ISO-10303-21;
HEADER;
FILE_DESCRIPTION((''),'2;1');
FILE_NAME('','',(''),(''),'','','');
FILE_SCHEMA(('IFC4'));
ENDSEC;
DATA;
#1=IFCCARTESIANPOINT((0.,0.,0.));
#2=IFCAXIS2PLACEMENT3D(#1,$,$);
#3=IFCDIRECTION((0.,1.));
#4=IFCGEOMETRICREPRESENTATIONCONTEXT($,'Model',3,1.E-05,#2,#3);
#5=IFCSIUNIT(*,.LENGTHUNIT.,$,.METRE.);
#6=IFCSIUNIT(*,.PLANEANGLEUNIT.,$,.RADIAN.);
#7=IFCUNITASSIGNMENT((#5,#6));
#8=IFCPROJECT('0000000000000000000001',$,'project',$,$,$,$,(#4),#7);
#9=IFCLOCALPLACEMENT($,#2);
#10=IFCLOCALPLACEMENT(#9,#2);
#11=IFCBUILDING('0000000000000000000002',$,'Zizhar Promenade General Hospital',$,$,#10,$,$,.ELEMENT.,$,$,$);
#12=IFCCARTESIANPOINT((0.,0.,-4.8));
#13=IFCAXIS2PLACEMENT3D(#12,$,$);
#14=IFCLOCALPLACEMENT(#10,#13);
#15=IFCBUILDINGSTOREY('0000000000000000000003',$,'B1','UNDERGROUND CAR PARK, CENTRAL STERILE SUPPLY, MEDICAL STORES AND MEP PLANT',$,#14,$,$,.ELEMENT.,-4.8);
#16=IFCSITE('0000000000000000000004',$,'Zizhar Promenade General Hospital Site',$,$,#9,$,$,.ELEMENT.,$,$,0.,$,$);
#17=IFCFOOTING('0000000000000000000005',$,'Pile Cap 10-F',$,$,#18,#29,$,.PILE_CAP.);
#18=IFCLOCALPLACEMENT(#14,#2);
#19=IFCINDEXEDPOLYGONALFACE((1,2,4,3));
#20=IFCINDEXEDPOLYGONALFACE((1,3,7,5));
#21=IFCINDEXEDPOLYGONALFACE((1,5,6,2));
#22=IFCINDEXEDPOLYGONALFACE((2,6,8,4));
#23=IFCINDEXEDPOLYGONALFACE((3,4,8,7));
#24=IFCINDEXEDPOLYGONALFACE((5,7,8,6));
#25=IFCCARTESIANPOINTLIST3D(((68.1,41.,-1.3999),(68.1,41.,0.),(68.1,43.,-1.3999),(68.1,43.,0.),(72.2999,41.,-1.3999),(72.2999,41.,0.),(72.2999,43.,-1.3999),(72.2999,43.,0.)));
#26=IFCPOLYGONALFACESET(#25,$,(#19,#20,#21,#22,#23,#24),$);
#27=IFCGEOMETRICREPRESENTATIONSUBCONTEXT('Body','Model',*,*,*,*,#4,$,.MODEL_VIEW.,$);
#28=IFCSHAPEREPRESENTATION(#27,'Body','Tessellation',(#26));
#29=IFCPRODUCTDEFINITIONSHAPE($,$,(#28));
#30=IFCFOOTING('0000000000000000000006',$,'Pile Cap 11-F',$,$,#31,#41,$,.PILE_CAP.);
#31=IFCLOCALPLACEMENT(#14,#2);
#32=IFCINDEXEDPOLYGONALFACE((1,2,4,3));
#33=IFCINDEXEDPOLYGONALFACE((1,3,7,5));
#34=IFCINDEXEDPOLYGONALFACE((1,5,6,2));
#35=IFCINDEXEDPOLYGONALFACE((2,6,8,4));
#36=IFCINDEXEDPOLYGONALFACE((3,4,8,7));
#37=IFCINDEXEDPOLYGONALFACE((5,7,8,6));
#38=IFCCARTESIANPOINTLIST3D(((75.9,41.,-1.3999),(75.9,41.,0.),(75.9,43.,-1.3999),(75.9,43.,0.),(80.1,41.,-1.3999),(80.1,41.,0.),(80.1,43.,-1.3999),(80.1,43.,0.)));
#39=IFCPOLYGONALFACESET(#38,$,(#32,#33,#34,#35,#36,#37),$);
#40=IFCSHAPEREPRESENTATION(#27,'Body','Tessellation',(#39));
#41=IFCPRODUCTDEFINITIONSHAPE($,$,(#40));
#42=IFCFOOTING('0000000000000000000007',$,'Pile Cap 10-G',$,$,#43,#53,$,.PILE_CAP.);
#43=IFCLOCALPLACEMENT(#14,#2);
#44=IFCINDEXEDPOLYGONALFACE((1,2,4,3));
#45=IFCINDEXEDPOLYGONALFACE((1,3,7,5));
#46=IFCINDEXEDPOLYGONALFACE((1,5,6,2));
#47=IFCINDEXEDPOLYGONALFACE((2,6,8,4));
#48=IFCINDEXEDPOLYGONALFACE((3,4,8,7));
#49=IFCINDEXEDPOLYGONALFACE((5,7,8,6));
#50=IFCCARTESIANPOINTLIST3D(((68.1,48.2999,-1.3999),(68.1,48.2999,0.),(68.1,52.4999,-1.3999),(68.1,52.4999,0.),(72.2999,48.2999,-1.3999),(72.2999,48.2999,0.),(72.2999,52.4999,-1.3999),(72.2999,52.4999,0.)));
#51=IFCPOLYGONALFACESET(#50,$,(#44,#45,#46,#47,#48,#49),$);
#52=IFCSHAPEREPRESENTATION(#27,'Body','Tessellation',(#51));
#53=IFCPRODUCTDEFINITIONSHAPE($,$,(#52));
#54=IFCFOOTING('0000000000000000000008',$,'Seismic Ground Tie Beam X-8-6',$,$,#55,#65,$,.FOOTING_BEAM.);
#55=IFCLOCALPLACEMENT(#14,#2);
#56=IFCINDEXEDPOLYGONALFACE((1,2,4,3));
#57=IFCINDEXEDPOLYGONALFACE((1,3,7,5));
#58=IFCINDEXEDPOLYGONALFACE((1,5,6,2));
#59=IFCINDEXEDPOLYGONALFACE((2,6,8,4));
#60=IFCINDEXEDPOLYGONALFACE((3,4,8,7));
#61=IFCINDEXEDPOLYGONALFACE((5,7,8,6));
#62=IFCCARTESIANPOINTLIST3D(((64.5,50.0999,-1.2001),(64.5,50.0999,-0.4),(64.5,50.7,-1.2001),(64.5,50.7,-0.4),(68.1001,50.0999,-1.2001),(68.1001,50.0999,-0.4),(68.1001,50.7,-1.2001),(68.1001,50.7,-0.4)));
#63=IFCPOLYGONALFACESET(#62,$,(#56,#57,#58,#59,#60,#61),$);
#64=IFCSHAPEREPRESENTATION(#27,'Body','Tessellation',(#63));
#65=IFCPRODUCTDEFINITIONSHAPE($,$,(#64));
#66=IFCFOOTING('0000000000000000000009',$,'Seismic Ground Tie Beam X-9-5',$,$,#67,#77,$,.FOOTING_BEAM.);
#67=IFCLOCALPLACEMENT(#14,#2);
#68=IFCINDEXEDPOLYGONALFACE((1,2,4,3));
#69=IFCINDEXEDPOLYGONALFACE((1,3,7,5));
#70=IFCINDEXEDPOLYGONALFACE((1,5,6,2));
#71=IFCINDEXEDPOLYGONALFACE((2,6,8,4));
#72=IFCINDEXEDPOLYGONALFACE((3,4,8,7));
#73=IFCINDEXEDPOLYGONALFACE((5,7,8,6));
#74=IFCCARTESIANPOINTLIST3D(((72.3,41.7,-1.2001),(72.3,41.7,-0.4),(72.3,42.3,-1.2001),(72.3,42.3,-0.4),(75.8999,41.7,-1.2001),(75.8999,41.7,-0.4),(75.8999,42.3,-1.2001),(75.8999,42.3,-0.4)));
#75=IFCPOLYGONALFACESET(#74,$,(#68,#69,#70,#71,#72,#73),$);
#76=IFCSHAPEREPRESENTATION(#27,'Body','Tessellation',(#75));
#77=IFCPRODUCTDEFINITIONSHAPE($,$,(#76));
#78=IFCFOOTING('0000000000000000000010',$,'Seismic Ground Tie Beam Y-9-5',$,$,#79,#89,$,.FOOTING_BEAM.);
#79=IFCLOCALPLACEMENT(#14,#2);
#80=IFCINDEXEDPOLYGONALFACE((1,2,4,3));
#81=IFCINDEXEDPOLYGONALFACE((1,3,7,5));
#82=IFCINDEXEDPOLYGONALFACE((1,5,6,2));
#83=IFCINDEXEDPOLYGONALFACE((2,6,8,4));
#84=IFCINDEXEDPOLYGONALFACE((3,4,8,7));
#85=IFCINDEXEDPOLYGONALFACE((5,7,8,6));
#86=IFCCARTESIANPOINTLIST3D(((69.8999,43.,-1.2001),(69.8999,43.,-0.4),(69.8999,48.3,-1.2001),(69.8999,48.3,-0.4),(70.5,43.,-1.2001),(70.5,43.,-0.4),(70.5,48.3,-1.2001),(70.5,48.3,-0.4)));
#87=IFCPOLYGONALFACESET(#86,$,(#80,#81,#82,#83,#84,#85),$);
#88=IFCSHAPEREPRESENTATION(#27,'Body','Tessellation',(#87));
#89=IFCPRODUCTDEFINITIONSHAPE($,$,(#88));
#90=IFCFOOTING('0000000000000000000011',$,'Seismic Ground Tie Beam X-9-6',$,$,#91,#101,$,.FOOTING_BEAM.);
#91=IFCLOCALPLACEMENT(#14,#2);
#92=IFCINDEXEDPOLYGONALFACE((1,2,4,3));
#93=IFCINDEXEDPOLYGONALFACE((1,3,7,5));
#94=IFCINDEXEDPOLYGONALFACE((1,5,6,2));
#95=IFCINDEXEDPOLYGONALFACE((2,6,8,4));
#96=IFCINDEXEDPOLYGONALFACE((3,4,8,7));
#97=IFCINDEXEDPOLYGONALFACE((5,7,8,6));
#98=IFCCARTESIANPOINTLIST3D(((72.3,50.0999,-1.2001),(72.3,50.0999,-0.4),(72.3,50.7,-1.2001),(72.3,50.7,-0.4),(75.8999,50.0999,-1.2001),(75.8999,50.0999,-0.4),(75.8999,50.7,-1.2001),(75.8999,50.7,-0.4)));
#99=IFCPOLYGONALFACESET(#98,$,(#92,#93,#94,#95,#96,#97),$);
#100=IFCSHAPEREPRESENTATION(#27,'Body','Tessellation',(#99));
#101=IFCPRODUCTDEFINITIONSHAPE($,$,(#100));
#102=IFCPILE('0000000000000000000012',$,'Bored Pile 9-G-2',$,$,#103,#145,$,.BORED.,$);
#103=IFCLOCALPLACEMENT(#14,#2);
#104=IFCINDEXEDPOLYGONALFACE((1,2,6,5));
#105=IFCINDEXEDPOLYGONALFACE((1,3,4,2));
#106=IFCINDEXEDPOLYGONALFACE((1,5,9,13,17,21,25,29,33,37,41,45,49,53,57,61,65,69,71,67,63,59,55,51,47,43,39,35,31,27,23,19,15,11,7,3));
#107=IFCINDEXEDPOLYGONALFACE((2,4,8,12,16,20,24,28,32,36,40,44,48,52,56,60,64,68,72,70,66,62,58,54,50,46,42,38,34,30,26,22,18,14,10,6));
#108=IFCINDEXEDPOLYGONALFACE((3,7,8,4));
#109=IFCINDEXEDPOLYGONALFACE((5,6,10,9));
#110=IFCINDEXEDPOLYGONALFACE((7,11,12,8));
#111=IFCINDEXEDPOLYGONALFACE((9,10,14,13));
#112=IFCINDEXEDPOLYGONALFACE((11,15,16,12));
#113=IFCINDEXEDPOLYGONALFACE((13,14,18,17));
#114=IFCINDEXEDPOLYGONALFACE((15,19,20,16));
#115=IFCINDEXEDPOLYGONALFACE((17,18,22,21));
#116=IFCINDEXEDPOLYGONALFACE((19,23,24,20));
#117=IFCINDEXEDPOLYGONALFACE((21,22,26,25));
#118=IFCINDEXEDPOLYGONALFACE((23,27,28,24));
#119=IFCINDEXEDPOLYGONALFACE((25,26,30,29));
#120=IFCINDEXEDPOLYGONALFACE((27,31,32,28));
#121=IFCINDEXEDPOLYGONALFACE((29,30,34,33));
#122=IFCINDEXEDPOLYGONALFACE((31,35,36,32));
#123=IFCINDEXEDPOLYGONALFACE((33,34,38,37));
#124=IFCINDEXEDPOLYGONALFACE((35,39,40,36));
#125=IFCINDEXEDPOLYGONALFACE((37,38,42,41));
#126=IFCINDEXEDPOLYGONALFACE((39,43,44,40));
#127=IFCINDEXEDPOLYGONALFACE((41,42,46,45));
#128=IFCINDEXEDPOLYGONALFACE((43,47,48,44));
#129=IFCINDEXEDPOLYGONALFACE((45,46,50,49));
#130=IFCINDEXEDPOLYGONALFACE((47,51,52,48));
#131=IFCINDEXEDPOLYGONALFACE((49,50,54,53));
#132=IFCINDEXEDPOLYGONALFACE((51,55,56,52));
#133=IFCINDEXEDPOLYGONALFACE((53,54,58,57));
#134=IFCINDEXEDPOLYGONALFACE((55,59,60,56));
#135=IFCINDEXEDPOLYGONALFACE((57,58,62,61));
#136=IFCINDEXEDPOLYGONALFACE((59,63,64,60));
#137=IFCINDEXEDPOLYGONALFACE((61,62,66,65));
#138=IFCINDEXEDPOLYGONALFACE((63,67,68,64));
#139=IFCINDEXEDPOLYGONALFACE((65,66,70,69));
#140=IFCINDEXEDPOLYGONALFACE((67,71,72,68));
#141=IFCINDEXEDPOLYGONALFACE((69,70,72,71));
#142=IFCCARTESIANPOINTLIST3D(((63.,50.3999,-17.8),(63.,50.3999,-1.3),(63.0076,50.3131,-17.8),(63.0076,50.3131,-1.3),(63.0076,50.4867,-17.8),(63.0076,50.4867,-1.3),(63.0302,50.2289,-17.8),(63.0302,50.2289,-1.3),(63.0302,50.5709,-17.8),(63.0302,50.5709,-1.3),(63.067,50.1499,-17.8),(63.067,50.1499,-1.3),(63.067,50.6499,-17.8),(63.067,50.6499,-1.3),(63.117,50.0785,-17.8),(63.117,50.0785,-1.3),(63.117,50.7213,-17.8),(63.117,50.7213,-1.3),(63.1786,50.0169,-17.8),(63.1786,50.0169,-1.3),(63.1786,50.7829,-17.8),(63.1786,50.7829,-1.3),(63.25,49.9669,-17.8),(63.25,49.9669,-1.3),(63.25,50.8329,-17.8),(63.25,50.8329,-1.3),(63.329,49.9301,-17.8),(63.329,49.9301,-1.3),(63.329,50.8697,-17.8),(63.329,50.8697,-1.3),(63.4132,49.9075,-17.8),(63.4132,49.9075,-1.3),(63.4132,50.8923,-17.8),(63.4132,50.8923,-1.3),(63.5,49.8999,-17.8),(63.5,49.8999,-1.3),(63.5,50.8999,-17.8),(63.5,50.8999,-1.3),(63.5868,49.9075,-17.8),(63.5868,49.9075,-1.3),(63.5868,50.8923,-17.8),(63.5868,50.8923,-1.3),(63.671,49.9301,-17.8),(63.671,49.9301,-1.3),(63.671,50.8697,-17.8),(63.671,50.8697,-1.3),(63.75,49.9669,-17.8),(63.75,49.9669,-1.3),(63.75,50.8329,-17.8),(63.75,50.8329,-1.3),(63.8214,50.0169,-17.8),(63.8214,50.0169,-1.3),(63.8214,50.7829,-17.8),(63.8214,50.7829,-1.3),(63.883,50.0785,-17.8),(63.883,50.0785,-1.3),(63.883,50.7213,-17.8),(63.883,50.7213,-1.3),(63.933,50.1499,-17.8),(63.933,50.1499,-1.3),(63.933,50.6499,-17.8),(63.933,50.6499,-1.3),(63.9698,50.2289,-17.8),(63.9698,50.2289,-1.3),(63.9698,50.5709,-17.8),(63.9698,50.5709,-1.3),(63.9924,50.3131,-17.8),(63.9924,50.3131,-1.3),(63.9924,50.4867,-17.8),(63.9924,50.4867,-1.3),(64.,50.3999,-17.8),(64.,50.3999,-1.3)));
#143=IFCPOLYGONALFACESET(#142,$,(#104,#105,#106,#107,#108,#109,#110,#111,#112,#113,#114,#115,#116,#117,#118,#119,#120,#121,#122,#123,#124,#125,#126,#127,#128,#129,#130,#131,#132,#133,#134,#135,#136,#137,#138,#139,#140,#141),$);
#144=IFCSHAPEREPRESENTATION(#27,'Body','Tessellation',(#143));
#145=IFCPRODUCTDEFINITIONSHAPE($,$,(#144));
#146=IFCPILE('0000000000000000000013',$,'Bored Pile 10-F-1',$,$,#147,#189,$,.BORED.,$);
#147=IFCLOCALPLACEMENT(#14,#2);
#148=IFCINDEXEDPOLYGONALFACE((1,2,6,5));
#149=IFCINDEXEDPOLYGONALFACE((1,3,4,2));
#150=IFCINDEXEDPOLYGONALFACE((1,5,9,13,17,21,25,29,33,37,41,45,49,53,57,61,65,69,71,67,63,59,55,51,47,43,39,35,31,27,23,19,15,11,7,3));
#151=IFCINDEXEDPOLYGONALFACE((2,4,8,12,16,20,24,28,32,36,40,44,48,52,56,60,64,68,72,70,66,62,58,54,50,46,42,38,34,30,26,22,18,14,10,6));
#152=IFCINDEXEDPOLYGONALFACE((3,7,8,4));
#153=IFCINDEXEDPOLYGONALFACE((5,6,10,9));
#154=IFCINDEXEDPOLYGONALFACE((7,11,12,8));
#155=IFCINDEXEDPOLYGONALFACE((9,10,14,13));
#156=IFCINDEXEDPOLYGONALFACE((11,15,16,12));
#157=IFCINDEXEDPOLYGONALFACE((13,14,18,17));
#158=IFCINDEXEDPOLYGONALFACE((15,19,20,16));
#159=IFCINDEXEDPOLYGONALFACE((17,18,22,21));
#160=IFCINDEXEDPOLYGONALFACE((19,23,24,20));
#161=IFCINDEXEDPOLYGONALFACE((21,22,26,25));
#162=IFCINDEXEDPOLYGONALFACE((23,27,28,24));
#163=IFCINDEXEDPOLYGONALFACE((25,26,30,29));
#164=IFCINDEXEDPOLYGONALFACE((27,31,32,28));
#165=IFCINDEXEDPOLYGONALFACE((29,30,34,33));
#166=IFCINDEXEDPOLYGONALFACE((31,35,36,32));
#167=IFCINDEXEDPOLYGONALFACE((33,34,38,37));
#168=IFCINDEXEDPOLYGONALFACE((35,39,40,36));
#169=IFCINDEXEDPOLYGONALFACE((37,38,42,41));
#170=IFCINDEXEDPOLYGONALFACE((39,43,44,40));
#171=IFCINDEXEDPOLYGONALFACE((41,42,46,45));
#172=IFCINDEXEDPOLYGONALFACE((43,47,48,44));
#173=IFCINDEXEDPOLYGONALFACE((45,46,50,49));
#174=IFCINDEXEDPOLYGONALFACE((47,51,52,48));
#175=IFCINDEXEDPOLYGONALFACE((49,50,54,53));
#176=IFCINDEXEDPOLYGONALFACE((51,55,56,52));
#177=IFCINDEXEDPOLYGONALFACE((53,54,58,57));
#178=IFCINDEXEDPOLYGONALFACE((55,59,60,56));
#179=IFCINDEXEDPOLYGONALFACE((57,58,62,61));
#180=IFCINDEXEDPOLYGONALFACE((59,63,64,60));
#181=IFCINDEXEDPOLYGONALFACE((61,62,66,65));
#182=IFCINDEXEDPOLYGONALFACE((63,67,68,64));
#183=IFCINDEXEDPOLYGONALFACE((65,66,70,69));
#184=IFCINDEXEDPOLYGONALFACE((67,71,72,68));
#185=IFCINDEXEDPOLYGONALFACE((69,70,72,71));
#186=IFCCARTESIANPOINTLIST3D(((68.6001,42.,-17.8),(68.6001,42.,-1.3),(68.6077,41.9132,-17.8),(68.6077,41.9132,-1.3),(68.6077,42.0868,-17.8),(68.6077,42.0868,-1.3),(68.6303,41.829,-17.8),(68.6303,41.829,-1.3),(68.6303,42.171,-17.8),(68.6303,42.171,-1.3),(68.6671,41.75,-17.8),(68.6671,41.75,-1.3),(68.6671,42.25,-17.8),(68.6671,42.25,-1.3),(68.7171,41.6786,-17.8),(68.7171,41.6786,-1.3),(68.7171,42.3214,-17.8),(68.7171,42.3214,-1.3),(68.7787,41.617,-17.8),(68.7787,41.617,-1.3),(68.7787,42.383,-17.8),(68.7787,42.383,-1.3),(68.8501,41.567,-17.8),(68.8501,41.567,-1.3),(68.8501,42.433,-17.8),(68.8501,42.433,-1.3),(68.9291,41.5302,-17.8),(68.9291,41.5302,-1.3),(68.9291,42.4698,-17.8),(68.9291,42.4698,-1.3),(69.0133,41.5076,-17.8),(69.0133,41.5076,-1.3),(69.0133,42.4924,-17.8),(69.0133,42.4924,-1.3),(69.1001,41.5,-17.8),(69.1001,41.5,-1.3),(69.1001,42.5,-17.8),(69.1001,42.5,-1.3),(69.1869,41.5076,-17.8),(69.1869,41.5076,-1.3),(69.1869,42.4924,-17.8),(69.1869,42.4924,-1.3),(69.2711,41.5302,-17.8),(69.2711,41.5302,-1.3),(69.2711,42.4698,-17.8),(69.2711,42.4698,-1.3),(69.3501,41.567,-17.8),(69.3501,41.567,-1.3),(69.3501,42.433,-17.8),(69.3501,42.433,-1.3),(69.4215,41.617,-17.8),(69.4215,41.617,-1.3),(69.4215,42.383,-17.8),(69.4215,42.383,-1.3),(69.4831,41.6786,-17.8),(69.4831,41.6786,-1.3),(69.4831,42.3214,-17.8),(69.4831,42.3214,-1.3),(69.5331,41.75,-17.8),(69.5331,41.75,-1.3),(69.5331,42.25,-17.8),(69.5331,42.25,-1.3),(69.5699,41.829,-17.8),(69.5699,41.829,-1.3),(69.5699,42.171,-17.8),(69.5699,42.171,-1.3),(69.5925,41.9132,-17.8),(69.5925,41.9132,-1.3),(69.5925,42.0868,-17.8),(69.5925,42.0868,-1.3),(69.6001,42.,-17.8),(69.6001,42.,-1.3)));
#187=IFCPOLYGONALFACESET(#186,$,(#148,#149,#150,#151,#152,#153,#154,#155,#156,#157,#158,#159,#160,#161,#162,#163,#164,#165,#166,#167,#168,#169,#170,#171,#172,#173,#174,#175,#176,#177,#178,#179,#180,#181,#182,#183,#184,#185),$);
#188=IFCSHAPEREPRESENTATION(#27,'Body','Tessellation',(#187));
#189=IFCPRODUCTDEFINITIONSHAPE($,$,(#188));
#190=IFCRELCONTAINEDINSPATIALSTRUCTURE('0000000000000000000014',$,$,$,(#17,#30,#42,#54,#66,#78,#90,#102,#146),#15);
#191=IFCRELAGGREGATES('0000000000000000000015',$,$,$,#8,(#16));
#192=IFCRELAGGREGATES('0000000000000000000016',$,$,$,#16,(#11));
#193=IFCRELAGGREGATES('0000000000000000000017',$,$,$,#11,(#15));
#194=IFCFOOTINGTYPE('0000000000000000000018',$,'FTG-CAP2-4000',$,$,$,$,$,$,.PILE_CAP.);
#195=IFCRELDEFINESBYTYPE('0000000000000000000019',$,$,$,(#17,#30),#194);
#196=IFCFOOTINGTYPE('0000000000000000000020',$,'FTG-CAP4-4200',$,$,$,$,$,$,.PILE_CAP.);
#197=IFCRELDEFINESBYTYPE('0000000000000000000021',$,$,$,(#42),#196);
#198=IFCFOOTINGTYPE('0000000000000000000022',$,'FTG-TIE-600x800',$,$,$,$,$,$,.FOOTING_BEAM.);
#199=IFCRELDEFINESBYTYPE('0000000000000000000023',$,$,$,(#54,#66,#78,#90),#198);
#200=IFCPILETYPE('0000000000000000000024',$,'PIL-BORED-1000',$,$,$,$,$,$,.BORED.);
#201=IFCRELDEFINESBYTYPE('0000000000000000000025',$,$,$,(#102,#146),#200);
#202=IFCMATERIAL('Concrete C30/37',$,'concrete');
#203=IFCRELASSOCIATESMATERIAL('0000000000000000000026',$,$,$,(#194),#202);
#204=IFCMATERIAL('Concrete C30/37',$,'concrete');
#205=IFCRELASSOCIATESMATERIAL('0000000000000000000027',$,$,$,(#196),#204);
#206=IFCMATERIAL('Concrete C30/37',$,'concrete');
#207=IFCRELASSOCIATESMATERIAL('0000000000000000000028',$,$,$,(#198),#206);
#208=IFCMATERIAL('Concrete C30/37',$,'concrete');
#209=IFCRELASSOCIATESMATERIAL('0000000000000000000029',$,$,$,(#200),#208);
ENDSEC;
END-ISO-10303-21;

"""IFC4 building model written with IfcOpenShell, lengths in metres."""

from ifc_helpers import new_model, si_unit, direction, frame, origin, origin_2d, place, context, subcontext, project, spatial, rectangle, circle, extrude, material, material_profile, profile_set, type_object, element, save


model = new_model("IFC4")

# Units and contexts
model_context = context("Model", 3, precision=1e-05, world=origin(), true_north=direction((0.0, 1.0)))
body_context = subcontext(model_context, "Body", "Model", "MODEL_VIEW")
ifc_project = project(units=[si_unit("LENGTHUNIT", "METRE"), si_unit("PLANEANGLEUNIT", "RADIAN")], contexts=[model_context])

# Site, building, storey
site_placement = place(None, origin())
site = spatial("IfcSite", under=ifc_project, at=site_placement, Name="Zizhar Promenade General Hospital Site", CompositionType="ELEMENT", RefElevation=0.0)
building_placement = place(site_placement, origin())
building = spatial("IfcBuilding", under=site, at=building_placement, Name="Zizhar Promenade General Hospital", CompositionType="ELEMENT")
storey_placement = place(building_placement, frame((0.0, 0.0, -4.8)))
storey = spatial("IfcBuildingStorey", under=building, at=storey_placement, Name="B1", Description="UNDERGROUND CAR PARK, CENTRAL STERILE SUPPLY, MEDICAL STORES AND MEP PLANT", CompositionType="ELEMENT", Elevation=-4.8)

# Footings
ifc_material_1 = material(Name="Concrete C30/37", Category="concrete")
footing_type_1 = type_object("IfcFootingType", Name="FTG-CAP2-4000", PredefinedType="PILE_CAP", material=ifc_material_1)
for number, where, z_axis, x_axis, name in (
    (1, (70.2, 42.0, -1.3999), (0.0, 0.0, 1.0), (1.0, 0.0, 0.0), "Pile Cap 10-F"),
    (2, (78.0, 42.0, -1.3999), (0.0, 0.0, 1.0), (1.0, 0.0, 0.0), "Pile Cap 11-F"),
):
    element("IfcFooting", number, at=place(storey_placement, frame(where, z_axis=z_axis, x_axis=x_axis)), inside=storey, type_object=footing_type_1, Name=name, PredefinedType="PILE_CAP", context=body_context, shape_type="SweptSolid", body=[
        extrude(rectangle(XDim=4.2, YDim=2.0, at=origin_2d()), origin(), (0.0, 0.0, 1.0), 1.3999),
    ])
ifc_material_2 = material(Name="Concrete C30/37", Category="concrete")
footing_type_2 = type_object("IfcFootingType", Name="FTG-CAP4-4200", PredefinedType="PILE_CAP", material=ifc_material_2)
footing_1_placement = place(storey_placement, frame((70.2, 50.3999, -1.3999), z_axis=(0.0, 0.0, 1.0), x_axis=(1.0, 0.0, 0.0)))
element("IfcFooting", 3, at=footing_1_placement, inside=storey, type_object=footing_type_2, Name="Pile Cap 10-G", PredefinedType="PILE_CAP", context=body_context, shape_type="SweptSolid", body=[
    extrude(rectangle(XDim=4.2, YDim=4.2, at=origin_2d()), origin(), (0.0, 0.0, 1.0), 1.3999),
])
ifc_material_3 = material(Name="Concrete C30/37", Category="concrete")
ifc_material_profile_1 = material_profile(ifc_material_3, rectangle(XDim=0.6001, YDim=0.8, at=origin_2d()))
ifc_profile_set_1 = profile_set([ifc_material_profile_1], Name="Concrete C30/37")
footing_type_3 = type_object("IfcFootingType", Name="FTG-TIE-600x800", PredefinedType="FOOTING_BEAM", material=ifc_profile_set_1)
footing_2_placement = place(storey_placement, frame((64.5, 50.3999, -0.8), z_axis=(1.0, 0.0, 0.0), x_axis=(0.0, 1.0, 0.0)))
element("IfcFooting", 4, at=footing_2_placement, inside=storey, type_object=footing_type_3, Name="Seismic Ground Tie Beam X-8-6", PredefinedType="FOOTING_BEAM", context=body_context, shape_type="SweptSolid", body=[
    extrude(rectangle(XDim=0.6001, YDim=0.8, at=origin_2d()), origin(), (0.0, 0.0, 1.0), 3.6001),
])
footing_3_placement = place(storey_placement, frame((72.3, 42.0, -0.8), z_axis=(1.0, 0.0, 0.0), x_axis=(0.0, 1.0, 0.0)))
element("IfcFooting", 5, at=footing_3_placement, inside=storey, type_object=footing_type_3, Name="Seismic Ground Tie Beam X-9-5", PredefinedType="FOOTING_BEAM", context=body_context, shape_type="SweptSolid", body=[
    extrude(rectangle(XDim=0.6001, YDim=0.8, at=origin_2d()), origin(), (0.0, 0.0, 1.0), 3.5999),
])
footing_4_placement = place(storey_placement, frame((70.2, 43.0, -0.8), z_axis=(0.0, 1.0, 0.0), x_axis=(-1.0, 0.0, 0.0)))
element("IfcFooting", 6, at=footing_4_placement, inside=storey, type_object=footing_type_3, Name="Seismic Ground Tie Beam Y-9-5", PredefinedType="FOOTING_BEAM", context=body_context, shape_type="SweptSolid", body=[
    extrude(rectangle(XDim=0.6001, YDim=0.8, at=origin_2d()), origin(), (0.0, 0.0, 1.0), 5.3),
])
footing_5_placement = place(storey_placement, frame((72.3, 50.3999, -0.8), z_axis=(1.0, 0.0, 0.0), x_axis=(0.0, 1.0, 0.0)))
element("IfcFooting", 7, at=footing_5_placement, inside=storey, type_object=footing_type_3, Name="Seismic Ground Tie Beam X-9-6", PredefinedType="FOOTING_BEAM", context=body_context, shape_type="SweptSolid", body=[
    extrude(rectangle(XDim=0.6001, YDim=0.8, at=origin_2d()), origin(), (0.0, 0.0, 1.0), 3.5999),
])

# Piles
ifc_material_4 = material(Name="Concrete C30/37", Category="concrete")
ifc_material_profile_2 = material_profile(ifc_material_4, circle(Radius=0.5, at=origin_2d()))
ifc_profile_set_2 = profile_set([ifc_material_profile_2], Name="Concrete C30/37")
pile_type = type_object("IfcPileType", Name="PIL-BORED-1000", PredefinedType="BORED", material=ifc_profile_set_2)
for number, where, z_axis, x_axis, name in (
    (8, (63.5, 50.3999, -1.3), (0.0, 0.0, -1.0), (1.0, 0.0, 0.0), "Bored Pile 9-G-2"),
    (9, (69.1001, 42.0, -1.3), (0.0, 0.0, -1.0), (1.0, 0.0, 0.0), "Bored Pile 10-F-1"),
):
    element("IfcPile", number, at=place(storey_placement, frame(where, z_axis=z_axis, x_axis=x_axis)), inside=storey, type_object=pile_type, Name=name, PredefinedType="BORED", context=body_context, shape_type="SweptSolid", body=[
        extrude(circle(Radius=0.5, at=origin_2d()), origin(), (0.0, 0.0, 1.0), 16.5),
    ])

save(model, "model.ifc")
